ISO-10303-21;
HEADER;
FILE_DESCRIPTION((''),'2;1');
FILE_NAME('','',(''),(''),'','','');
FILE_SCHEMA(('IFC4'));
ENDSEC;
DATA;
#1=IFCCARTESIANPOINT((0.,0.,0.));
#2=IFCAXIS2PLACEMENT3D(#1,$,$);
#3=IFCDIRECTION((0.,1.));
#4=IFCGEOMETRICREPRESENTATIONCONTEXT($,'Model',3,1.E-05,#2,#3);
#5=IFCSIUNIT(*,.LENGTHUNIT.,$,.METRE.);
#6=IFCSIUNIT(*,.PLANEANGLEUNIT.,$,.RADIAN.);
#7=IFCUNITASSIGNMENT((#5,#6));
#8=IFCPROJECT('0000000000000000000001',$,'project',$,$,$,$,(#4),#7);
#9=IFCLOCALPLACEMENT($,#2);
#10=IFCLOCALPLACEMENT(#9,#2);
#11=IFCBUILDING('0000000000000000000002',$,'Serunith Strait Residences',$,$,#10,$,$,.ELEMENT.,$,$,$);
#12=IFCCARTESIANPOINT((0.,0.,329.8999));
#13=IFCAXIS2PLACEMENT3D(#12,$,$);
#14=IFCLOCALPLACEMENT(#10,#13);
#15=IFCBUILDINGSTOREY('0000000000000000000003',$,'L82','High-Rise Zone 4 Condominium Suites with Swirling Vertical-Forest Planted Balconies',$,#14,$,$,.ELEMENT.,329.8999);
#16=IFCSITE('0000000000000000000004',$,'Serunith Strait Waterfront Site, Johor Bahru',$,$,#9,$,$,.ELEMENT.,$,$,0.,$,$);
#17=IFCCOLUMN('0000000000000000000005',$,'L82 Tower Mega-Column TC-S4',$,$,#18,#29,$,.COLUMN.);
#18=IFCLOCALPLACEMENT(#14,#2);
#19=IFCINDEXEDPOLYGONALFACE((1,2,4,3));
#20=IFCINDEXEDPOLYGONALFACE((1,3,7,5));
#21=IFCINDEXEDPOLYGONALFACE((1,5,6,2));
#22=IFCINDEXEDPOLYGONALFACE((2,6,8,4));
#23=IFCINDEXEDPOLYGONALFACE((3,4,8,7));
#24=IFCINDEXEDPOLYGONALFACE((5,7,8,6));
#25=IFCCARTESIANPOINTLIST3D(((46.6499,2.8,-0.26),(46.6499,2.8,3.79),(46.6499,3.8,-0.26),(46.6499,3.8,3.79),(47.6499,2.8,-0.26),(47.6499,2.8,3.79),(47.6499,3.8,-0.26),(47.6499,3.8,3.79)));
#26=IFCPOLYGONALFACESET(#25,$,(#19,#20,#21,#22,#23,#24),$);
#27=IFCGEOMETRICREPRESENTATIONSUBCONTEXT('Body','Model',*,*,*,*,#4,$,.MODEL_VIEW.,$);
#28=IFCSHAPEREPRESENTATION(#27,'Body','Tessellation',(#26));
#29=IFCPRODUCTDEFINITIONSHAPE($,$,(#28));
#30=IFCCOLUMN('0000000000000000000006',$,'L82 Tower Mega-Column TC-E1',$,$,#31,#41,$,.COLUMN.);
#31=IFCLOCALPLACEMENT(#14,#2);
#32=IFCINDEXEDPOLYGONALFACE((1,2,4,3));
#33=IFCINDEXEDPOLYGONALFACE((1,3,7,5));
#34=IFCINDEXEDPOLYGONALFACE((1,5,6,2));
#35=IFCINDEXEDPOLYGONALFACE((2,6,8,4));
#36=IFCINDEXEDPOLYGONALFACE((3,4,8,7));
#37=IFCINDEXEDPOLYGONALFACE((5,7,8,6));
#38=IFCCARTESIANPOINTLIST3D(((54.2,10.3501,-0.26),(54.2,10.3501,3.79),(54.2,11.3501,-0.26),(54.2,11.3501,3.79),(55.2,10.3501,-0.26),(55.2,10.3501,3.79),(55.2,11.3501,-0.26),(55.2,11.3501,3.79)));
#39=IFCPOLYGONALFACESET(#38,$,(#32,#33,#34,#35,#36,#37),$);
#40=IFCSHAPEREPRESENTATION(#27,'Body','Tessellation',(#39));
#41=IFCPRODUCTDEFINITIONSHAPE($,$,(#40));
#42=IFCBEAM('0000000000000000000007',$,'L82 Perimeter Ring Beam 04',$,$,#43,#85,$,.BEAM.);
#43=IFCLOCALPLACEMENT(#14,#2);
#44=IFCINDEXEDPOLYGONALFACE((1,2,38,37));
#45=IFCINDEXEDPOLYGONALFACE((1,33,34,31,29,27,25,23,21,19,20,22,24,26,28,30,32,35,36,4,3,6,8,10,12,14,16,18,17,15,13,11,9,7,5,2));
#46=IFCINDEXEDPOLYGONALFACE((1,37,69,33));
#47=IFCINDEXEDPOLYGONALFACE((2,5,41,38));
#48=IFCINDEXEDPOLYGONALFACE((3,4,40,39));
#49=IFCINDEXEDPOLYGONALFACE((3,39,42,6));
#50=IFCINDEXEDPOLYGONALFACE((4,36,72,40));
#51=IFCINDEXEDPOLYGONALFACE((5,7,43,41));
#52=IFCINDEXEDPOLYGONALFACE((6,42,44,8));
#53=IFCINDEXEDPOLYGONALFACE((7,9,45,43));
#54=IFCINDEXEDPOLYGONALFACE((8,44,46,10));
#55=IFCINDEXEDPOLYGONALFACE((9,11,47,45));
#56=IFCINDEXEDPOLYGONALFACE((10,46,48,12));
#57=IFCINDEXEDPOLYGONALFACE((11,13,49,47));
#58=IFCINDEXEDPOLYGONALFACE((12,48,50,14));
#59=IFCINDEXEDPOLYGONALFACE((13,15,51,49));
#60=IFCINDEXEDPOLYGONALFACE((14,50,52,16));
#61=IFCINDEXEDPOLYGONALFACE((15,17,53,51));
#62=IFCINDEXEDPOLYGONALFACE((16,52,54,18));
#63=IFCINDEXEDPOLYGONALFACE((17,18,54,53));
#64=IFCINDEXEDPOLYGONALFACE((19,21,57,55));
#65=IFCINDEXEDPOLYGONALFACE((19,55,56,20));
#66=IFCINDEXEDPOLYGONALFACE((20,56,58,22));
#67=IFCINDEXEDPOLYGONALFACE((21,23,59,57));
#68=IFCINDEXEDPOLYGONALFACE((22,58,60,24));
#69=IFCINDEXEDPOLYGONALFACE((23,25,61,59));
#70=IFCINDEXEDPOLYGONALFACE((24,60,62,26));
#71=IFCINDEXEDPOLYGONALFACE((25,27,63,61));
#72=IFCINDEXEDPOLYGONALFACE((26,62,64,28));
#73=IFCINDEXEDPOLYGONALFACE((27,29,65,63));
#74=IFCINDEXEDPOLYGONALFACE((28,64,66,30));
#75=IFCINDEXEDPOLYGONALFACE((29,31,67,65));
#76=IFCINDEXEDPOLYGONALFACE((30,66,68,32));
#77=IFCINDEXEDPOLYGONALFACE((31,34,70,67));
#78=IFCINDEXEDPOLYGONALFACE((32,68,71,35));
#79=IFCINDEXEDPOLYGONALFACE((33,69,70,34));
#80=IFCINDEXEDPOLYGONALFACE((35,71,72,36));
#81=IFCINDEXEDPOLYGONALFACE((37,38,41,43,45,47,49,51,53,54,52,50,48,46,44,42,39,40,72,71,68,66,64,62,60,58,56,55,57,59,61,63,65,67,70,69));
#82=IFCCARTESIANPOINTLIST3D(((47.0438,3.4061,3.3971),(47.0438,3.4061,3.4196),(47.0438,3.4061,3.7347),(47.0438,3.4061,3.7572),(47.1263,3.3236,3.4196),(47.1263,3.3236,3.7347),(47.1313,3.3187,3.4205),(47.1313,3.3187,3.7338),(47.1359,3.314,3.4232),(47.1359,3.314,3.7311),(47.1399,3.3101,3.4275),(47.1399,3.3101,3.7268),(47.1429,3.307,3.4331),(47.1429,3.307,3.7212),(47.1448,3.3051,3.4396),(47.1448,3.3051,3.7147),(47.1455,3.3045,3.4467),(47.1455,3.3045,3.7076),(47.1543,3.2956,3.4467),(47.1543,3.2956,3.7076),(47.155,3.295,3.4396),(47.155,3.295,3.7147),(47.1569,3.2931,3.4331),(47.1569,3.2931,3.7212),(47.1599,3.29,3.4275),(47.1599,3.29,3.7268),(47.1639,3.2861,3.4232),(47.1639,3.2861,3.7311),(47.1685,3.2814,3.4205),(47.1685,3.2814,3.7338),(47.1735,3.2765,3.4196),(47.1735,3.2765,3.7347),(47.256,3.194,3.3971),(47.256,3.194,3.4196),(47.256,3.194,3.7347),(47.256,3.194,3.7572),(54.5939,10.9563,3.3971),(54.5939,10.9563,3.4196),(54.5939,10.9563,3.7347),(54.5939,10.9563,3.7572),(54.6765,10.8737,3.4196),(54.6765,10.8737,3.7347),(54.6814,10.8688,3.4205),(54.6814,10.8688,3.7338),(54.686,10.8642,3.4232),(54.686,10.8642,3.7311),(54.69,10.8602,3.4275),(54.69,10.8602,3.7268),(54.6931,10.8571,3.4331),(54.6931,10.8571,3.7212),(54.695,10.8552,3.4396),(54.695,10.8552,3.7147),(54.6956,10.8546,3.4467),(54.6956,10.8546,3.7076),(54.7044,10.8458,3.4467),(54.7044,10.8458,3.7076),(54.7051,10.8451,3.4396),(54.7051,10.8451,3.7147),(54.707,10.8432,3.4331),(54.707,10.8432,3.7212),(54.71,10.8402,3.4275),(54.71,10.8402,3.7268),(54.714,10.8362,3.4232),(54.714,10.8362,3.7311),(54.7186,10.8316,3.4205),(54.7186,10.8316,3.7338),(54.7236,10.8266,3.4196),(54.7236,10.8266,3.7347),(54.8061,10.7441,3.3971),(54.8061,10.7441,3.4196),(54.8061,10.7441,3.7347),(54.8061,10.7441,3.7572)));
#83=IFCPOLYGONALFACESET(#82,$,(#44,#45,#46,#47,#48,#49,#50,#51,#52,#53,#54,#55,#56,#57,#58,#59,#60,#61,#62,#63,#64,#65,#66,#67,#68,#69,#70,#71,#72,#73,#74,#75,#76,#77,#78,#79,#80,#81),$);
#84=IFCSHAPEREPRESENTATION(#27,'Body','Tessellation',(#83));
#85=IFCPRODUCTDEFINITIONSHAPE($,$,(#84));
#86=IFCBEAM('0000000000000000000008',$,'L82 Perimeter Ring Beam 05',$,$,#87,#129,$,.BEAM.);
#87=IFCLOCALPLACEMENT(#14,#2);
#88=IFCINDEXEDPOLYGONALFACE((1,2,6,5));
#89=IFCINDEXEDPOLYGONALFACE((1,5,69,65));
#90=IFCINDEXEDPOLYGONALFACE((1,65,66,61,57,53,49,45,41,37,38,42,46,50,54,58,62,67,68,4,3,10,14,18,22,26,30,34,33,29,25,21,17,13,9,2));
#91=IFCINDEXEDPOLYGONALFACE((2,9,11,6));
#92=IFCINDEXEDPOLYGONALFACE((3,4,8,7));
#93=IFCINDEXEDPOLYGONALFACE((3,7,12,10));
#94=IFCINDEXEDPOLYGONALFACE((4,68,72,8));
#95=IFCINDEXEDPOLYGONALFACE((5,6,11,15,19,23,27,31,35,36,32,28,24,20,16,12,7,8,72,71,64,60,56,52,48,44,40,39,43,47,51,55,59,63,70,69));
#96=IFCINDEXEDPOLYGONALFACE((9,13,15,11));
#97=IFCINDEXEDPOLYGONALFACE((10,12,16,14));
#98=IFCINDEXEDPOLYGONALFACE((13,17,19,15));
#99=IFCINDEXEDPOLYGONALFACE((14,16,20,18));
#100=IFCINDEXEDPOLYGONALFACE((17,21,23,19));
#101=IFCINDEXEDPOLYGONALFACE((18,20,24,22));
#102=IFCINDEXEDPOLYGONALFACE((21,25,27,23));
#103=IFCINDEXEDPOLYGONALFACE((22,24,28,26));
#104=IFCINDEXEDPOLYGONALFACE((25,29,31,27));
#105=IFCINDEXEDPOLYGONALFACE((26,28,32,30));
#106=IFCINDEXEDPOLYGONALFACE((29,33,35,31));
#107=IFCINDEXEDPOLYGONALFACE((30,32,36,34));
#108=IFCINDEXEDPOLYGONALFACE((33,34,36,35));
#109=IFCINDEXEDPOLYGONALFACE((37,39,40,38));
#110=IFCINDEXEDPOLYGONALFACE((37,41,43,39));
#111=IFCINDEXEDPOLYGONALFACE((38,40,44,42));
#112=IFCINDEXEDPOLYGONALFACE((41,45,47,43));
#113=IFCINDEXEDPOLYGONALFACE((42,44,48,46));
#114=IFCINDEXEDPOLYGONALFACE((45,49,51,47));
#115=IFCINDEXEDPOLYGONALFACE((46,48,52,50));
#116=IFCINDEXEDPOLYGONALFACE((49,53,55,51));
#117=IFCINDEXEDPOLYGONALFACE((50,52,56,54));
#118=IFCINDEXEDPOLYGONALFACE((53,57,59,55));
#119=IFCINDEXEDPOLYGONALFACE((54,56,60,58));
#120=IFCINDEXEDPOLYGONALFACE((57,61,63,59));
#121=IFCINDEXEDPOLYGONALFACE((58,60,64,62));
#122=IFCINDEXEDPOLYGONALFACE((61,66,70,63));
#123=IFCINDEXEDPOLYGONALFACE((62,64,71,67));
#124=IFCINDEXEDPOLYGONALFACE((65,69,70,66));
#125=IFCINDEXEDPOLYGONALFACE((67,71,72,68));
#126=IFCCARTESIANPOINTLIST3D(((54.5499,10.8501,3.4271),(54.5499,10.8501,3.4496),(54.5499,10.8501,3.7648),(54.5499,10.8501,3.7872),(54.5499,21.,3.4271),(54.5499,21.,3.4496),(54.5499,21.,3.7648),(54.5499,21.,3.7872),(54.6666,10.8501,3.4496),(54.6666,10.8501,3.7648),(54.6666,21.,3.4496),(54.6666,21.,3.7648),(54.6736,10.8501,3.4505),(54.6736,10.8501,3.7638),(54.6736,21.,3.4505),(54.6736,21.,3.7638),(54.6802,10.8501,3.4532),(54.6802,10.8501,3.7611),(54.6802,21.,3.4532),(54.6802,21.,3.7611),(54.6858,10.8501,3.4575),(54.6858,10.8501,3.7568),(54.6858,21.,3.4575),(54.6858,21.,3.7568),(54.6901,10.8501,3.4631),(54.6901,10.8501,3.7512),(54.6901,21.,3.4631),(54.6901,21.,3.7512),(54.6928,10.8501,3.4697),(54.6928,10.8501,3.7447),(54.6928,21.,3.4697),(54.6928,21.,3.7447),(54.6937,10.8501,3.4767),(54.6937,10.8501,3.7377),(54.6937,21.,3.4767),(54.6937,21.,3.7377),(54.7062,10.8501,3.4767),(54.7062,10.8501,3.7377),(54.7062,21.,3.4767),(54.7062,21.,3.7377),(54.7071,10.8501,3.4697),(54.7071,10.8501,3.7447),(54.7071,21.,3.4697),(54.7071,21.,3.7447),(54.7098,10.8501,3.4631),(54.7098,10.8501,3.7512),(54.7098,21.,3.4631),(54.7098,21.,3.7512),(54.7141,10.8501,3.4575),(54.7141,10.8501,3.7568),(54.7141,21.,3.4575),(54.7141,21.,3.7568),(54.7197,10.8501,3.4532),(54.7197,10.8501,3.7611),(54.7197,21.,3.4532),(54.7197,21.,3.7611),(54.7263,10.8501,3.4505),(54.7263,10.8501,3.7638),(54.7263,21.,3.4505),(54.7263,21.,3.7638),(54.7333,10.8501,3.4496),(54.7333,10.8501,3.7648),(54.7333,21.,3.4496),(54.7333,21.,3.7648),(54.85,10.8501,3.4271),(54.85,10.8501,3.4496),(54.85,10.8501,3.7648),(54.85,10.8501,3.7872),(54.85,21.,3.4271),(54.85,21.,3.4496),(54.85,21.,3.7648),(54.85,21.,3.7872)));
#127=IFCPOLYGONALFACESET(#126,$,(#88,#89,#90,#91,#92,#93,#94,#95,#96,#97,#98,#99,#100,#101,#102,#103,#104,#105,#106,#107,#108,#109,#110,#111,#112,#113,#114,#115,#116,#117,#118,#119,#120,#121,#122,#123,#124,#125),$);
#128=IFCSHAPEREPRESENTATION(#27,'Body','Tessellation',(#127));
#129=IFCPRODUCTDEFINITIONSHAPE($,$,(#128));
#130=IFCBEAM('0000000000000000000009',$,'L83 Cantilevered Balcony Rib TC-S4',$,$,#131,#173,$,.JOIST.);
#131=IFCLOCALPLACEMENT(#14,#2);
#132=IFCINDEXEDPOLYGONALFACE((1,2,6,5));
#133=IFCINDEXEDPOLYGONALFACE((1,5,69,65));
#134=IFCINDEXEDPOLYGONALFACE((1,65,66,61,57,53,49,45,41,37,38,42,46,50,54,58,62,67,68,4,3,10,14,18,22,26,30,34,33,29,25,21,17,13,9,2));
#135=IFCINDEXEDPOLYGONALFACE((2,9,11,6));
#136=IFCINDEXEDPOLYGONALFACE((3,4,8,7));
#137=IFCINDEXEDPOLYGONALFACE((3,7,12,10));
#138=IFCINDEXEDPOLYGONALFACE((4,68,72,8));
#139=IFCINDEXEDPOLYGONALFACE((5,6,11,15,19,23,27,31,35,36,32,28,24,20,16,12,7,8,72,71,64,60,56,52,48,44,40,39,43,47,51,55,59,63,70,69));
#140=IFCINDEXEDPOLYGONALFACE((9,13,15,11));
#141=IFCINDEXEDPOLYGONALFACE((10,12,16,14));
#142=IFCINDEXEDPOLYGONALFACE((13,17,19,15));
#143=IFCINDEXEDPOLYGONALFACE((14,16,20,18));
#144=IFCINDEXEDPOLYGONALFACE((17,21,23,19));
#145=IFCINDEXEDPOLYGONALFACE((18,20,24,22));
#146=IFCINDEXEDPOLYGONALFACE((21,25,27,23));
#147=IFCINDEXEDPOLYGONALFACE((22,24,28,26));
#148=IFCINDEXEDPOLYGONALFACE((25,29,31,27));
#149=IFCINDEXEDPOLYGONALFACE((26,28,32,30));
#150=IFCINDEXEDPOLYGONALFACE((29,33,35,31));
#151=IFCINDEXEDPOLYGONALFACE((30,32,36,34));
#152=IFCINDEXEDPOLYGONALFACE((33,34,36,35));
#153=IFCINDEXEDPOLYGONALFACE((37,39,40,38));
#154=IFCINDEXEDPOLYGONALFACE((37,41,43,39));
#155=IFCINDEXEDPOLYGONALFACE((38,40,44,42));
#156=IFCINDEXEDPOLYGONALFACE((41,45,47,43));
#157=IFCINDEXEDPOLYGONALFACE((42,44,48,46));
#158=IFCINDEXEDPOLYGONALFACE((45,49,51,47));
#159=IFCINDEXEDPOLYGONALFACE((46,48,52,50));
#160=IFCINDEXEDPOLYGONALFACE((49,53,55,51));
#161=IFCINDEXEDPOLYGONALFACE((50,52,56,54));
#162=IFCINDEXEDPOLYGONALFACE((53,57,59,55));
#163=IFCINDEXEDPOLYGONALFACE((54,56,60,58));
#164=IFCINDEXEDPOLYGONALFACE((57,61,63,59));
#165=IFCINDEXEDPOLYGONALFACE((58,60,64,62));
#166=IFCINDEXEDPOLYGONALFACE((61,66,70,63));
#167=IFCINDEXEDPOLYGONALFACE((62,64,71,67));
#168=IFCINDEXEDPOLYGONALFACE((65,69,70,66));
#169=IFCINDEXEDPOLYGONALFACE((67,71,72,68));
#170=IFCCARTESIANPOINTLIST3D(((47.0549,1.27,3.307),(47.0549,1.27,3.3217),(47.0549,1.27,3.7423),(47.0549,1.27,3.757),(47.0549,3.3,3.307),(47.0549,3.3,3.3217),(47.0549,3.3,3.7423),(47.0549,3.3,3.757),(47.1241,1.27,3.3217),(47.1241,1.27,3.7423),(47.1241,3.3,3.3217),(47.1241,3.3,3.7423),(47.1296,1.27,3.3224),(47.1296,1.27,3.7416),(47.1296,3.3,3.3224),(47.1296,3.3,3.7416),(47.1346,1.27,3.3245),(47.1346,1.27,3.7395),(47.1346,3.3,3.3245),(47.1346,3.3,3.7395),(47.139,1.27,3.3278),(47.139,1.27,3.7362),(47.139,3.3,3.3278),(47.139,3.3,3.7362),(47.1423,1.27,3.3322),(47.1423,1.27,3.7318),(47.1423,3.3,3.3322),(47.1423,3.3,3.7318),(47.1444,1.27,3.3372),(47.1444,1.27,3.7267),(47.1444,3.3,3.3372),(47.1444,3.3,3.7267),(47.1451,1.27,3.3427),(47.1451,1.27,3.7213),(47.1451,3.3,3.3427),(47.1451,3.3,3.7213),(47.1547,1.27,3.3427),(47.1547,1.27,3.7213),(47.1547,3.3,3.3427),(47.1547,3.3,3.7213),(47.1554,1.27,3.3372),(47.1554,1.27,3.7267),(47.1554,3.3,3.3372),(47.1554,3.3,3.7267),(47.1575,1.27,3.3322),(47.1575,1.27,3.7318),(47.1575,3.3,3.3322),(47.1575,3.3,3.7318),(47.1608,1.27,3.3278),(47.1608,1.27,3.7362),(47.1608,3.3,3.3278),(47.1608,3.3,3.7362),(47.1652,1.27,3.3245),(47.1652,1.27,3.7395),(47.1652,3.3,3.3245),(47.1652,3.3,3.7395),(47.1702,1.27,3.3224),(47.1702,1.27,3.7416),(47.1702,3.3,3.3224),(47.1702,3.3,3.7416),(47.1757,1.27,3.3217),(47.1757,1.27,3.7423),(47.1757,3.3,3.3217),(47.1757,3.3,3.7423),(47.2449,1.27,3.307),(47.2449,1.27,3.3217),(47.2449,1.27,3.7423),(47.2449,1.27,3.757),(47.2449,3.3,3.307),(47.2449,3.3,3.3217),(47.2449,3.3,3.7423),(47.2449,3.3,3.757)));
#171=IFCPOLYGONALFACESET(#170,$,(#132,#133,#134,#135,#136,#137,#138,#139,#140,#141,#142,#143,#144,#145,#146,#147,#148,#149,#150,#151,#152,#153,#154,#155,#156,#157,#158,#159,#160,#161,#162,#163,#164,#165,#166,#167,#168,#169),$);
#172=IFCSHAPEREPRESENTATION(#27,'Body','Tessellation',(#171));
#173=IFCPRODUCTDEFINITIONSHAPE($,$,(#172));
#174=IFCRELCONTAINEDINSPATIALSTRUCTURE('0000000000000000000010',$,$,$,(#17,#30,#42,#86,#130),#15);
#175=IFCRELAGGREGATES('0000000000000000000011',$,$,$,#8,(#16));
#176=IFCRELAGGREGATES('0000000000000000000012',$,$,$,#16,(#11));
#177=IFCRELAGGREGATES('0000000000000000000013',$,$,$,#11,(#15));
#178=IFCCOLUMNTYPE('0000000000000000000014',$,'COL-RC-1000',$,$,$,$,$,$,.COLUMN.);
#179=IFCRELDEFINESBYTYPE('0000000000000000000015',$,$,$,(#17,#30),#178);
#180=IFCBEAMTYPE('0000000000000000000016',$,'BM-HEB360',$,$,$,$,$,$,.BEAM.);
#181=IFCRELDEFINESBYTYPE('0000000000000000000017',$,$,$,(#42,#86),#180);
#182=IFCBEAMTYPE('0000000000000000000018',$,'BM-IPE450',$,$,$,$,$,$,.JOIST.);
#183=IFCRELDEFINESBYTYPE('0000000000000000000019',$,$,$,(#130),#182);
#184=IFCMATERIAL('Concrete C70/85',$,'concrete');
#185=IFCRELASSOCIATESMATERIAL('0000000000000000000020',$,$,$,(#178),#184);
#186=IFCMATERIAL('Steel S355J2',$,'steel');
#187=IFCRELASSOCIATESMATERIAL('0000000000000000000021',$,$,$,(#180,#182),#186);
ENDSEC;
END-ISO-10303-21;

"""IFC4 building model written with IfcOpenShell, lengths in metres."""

from ifc_helpers import new_model, si_unit, direction, frame, origin, origin_2d, place, context, subcontext, project, spatial, rectangle, i_section, extrude, source, transform, mapped, material, material_profile, profile_set, type_object, element, save


model = new_model("IFC4")

# Units and contexts
model_context = context("Model", 3, precision=1e-05, world=origin(), true_north=direction((0.0, 1.0)))
body_context = subcontext(model_context, "Body", "Model", "MODEL_VIEW")
ifc_project = project(units=[si_unit("LENGTHUNIT", "METRE"), si_unit("PLANEANGLEUNIT", "RADIAN")], contexts=[model_context])

# Site, building, storey
site_placement = place(None, origin())
site = spatial("IfcSite", under=ifc_project, at=site_placement, Name="Serunith Strait Waterfront Site, Johor Bahru", CompositionType="ELEMENT", RefElevation=0.0)
building_placement = place(site_placement, origin())
building = spatial("IfcBuilding", under=site, at=building_placement, Name="Serunith Strait Residences", CompositionType="ELEMENT")
storey_placement = place(building_placement, frame((0.0, 0.0, 329.8999)))
storey = spatial("IfcBuildingStorey", under=building, at=storey_placement, Name="L82", Description="High-Rise Zone 4 Condominium Suites with Swirling Vertical-Forest Planted Balconies", CompositionType="ELEMENT", Elevation=329.8999)

# Columns
ifc_material_1 = material(Name="Concrete C70/85", Category="concrete")
ifc_material_profile_1 = material_profile(ifc_material_1, rectangle(XDim=1.0, YDim=1.0, at=origin_2d()), Name="RC 1000x1000")
ifc_profile_set_1 = profile_set([ifc_material_profile_1], Name="Concrete C70/85")
column_type = type_object("IfcColumnType", Name="COL-RC-1000", PredefinedType="COLUMN", material=ifc_profile_set_1)
shared_shape_1 = source(origin(), body_context, "Body", "SweptSolid", [
    extrude(rectangle(XDim=1.0, YDim=1.0, at=origin_2d()), origin(), (0.0, 0.0, 1.0), 4.05),
])
for number, where, z_axis, x_axis, name in (
    (1, (47.1499, 3.3, -0.26), (0.0, 0.0, 1.0), (1.0, 0.0, 0.0), "L82 Tower Mega-Column TC-S4"),
    (2, (54.7, 10.8501, -0.26), (0.0, 0.0, 1.0), (1.0, 0.0, 0.0), "L82 Tower Mega-Column TC-E1"),
):
    element("IfcColumn", number, at=place(storey_placement, frame(where, z_axis=z_axis, x_axis=x_axis)), inside=storey, type_object=column_type, Name=name, PredefinedType="COLUMN", context=body_context, shape_type="MappedRepresentation", body=[
        mapped(shared_shape_1, transform((0.0, 0.0, 0.0), scale=1.0)),
    ])

# Beams
ifc_material_2 = material(Name="Steel S355J2", Category="steel")
ifc_material_profile_2 = material_profile(ifc_material_2, i_section(OverallWidth=0.3, OverallDepth=0.3601, WebThickness=0.0125, FlangeThickness=0.0225, FilletRadius=0.0271, at=origin_2d()), Name="HEB 360")
ifc_profile_set_2 = profile_set([ifc_material_profile_2], Name="Steel S355J2")
beam_type_1 = type_object("IfcBeamType", Name="BM-HEB360", PredefinedType="BEAM", material=ifc_profile_set_2)
shared_shape_2 = source(origin(), body_context, "Body", "SweptSolid", [
    extrude(i_section(OverallWidth=0.3, OverallDepth=0.3601, WebThickness=0.0125, FlangeThickness=0.0225, FilletRadius=0.0271, at=origin_2d()), origin(), (0.0, 0.0, 1.0), 10.6775),
])
beam_1_placement = place(storey_placement, frame((47.1499, 3.3, 3.5771), z_axis=(0.707107, 0.707107, 0.0), x_axis=(-0.707107, 0.707107, 0.0)))
element("IfcBeam", 3, at=beam_1_placement, inside=storey, type_object=beam_type_1, Name="L82 Perimeter Ring Beam 04", PredefinedType="BEAM", context=body_context, shape_type="MappedRepresentation", body=[
    mapped(shared_shape_2, transform((0.0, 0.0, 0.0), scale=1.0)),
])
shared_shape_3 = source(origin(), body_context, "Body", "SweptSolid", [
    extrude(i_section(OverallWidth=0.3, OverallDepth=0.3601, WebThickness=0.0125, FlangeThickness=0.0225, FilletRadius=0.0271, at=origin_2d()), origin(), (0.0, 0.0, 1.0), 10.1499),
])
beam_2_placement = place(storey_placement, frame((54.7, 10.8501, 3.6072), z_axis=(0.0, 1.0, 0.0), x_axis=(-1.0, 0.0, 0.0)))
element("IfcBeam", 4, at=beam_2_placement, inside=storey, type_object=beam_type_1, Name="L82 Perimeter Ring Beam 05", PredefinedType="BEAM", context=body_context, shape_type="MappedRepresentation", body=[
    mapped(shared_shape_3, transform((0.0, 0.0, 0.0), scale=1.0)),
])
ifc_material_profile_3 = material_profile(ifc_material_2, i_section(OverallWidth=0.1899, OverallDepth=0.45, WebThickness=0.0095, FlangeThickness=0.0146, FilletRadius=0.021, at=origin_2d()), Name="IPE 450")
ifc_profile_set_3 = profile_set([ifc_material_profile_3], Name="Steel S355J2")
beam_type_2 = type_object("IfcBeamType", Name="BM-IPE450", PredefinedType="JOIST", material=ifc_profile_set_3)
shared_shape_4 = source(origin(), body_context, "Body", "SweptSolid", [
    extrude(i_section(OverallWidth=0.1899, OverallDepth=0.45, WebThickness=0.0095, FlangeThickness=0.0146, FilletRadius=0.021, at=origin_2d()), origin(), (0.0, 0.0, 1.0), 2.03),
])
for number, where, z_axis, x_axis, name in (
    (5, (47.1499, 3.3, 3.532), (0.0, -1.0, 0.0), (1.0, 0.0, 0.0), "L83 Cantilevered Balcony Rib TC-S4"),
):
    element("IfcBeam", number, at=place(storey_placement, frame(where, z_axis=z_axis, x_axis=x_axis)), inside=storey, type_object=beam_type_2, Name=name, PredefinedType="JOIST", context=body_context, shape_type="MappedRepresentation", body=[
        mapped(shared_shape_4, transform((0.0, 0.0, 0.0), scale=1.0)),
    ])

save(model, "model.ifc")
